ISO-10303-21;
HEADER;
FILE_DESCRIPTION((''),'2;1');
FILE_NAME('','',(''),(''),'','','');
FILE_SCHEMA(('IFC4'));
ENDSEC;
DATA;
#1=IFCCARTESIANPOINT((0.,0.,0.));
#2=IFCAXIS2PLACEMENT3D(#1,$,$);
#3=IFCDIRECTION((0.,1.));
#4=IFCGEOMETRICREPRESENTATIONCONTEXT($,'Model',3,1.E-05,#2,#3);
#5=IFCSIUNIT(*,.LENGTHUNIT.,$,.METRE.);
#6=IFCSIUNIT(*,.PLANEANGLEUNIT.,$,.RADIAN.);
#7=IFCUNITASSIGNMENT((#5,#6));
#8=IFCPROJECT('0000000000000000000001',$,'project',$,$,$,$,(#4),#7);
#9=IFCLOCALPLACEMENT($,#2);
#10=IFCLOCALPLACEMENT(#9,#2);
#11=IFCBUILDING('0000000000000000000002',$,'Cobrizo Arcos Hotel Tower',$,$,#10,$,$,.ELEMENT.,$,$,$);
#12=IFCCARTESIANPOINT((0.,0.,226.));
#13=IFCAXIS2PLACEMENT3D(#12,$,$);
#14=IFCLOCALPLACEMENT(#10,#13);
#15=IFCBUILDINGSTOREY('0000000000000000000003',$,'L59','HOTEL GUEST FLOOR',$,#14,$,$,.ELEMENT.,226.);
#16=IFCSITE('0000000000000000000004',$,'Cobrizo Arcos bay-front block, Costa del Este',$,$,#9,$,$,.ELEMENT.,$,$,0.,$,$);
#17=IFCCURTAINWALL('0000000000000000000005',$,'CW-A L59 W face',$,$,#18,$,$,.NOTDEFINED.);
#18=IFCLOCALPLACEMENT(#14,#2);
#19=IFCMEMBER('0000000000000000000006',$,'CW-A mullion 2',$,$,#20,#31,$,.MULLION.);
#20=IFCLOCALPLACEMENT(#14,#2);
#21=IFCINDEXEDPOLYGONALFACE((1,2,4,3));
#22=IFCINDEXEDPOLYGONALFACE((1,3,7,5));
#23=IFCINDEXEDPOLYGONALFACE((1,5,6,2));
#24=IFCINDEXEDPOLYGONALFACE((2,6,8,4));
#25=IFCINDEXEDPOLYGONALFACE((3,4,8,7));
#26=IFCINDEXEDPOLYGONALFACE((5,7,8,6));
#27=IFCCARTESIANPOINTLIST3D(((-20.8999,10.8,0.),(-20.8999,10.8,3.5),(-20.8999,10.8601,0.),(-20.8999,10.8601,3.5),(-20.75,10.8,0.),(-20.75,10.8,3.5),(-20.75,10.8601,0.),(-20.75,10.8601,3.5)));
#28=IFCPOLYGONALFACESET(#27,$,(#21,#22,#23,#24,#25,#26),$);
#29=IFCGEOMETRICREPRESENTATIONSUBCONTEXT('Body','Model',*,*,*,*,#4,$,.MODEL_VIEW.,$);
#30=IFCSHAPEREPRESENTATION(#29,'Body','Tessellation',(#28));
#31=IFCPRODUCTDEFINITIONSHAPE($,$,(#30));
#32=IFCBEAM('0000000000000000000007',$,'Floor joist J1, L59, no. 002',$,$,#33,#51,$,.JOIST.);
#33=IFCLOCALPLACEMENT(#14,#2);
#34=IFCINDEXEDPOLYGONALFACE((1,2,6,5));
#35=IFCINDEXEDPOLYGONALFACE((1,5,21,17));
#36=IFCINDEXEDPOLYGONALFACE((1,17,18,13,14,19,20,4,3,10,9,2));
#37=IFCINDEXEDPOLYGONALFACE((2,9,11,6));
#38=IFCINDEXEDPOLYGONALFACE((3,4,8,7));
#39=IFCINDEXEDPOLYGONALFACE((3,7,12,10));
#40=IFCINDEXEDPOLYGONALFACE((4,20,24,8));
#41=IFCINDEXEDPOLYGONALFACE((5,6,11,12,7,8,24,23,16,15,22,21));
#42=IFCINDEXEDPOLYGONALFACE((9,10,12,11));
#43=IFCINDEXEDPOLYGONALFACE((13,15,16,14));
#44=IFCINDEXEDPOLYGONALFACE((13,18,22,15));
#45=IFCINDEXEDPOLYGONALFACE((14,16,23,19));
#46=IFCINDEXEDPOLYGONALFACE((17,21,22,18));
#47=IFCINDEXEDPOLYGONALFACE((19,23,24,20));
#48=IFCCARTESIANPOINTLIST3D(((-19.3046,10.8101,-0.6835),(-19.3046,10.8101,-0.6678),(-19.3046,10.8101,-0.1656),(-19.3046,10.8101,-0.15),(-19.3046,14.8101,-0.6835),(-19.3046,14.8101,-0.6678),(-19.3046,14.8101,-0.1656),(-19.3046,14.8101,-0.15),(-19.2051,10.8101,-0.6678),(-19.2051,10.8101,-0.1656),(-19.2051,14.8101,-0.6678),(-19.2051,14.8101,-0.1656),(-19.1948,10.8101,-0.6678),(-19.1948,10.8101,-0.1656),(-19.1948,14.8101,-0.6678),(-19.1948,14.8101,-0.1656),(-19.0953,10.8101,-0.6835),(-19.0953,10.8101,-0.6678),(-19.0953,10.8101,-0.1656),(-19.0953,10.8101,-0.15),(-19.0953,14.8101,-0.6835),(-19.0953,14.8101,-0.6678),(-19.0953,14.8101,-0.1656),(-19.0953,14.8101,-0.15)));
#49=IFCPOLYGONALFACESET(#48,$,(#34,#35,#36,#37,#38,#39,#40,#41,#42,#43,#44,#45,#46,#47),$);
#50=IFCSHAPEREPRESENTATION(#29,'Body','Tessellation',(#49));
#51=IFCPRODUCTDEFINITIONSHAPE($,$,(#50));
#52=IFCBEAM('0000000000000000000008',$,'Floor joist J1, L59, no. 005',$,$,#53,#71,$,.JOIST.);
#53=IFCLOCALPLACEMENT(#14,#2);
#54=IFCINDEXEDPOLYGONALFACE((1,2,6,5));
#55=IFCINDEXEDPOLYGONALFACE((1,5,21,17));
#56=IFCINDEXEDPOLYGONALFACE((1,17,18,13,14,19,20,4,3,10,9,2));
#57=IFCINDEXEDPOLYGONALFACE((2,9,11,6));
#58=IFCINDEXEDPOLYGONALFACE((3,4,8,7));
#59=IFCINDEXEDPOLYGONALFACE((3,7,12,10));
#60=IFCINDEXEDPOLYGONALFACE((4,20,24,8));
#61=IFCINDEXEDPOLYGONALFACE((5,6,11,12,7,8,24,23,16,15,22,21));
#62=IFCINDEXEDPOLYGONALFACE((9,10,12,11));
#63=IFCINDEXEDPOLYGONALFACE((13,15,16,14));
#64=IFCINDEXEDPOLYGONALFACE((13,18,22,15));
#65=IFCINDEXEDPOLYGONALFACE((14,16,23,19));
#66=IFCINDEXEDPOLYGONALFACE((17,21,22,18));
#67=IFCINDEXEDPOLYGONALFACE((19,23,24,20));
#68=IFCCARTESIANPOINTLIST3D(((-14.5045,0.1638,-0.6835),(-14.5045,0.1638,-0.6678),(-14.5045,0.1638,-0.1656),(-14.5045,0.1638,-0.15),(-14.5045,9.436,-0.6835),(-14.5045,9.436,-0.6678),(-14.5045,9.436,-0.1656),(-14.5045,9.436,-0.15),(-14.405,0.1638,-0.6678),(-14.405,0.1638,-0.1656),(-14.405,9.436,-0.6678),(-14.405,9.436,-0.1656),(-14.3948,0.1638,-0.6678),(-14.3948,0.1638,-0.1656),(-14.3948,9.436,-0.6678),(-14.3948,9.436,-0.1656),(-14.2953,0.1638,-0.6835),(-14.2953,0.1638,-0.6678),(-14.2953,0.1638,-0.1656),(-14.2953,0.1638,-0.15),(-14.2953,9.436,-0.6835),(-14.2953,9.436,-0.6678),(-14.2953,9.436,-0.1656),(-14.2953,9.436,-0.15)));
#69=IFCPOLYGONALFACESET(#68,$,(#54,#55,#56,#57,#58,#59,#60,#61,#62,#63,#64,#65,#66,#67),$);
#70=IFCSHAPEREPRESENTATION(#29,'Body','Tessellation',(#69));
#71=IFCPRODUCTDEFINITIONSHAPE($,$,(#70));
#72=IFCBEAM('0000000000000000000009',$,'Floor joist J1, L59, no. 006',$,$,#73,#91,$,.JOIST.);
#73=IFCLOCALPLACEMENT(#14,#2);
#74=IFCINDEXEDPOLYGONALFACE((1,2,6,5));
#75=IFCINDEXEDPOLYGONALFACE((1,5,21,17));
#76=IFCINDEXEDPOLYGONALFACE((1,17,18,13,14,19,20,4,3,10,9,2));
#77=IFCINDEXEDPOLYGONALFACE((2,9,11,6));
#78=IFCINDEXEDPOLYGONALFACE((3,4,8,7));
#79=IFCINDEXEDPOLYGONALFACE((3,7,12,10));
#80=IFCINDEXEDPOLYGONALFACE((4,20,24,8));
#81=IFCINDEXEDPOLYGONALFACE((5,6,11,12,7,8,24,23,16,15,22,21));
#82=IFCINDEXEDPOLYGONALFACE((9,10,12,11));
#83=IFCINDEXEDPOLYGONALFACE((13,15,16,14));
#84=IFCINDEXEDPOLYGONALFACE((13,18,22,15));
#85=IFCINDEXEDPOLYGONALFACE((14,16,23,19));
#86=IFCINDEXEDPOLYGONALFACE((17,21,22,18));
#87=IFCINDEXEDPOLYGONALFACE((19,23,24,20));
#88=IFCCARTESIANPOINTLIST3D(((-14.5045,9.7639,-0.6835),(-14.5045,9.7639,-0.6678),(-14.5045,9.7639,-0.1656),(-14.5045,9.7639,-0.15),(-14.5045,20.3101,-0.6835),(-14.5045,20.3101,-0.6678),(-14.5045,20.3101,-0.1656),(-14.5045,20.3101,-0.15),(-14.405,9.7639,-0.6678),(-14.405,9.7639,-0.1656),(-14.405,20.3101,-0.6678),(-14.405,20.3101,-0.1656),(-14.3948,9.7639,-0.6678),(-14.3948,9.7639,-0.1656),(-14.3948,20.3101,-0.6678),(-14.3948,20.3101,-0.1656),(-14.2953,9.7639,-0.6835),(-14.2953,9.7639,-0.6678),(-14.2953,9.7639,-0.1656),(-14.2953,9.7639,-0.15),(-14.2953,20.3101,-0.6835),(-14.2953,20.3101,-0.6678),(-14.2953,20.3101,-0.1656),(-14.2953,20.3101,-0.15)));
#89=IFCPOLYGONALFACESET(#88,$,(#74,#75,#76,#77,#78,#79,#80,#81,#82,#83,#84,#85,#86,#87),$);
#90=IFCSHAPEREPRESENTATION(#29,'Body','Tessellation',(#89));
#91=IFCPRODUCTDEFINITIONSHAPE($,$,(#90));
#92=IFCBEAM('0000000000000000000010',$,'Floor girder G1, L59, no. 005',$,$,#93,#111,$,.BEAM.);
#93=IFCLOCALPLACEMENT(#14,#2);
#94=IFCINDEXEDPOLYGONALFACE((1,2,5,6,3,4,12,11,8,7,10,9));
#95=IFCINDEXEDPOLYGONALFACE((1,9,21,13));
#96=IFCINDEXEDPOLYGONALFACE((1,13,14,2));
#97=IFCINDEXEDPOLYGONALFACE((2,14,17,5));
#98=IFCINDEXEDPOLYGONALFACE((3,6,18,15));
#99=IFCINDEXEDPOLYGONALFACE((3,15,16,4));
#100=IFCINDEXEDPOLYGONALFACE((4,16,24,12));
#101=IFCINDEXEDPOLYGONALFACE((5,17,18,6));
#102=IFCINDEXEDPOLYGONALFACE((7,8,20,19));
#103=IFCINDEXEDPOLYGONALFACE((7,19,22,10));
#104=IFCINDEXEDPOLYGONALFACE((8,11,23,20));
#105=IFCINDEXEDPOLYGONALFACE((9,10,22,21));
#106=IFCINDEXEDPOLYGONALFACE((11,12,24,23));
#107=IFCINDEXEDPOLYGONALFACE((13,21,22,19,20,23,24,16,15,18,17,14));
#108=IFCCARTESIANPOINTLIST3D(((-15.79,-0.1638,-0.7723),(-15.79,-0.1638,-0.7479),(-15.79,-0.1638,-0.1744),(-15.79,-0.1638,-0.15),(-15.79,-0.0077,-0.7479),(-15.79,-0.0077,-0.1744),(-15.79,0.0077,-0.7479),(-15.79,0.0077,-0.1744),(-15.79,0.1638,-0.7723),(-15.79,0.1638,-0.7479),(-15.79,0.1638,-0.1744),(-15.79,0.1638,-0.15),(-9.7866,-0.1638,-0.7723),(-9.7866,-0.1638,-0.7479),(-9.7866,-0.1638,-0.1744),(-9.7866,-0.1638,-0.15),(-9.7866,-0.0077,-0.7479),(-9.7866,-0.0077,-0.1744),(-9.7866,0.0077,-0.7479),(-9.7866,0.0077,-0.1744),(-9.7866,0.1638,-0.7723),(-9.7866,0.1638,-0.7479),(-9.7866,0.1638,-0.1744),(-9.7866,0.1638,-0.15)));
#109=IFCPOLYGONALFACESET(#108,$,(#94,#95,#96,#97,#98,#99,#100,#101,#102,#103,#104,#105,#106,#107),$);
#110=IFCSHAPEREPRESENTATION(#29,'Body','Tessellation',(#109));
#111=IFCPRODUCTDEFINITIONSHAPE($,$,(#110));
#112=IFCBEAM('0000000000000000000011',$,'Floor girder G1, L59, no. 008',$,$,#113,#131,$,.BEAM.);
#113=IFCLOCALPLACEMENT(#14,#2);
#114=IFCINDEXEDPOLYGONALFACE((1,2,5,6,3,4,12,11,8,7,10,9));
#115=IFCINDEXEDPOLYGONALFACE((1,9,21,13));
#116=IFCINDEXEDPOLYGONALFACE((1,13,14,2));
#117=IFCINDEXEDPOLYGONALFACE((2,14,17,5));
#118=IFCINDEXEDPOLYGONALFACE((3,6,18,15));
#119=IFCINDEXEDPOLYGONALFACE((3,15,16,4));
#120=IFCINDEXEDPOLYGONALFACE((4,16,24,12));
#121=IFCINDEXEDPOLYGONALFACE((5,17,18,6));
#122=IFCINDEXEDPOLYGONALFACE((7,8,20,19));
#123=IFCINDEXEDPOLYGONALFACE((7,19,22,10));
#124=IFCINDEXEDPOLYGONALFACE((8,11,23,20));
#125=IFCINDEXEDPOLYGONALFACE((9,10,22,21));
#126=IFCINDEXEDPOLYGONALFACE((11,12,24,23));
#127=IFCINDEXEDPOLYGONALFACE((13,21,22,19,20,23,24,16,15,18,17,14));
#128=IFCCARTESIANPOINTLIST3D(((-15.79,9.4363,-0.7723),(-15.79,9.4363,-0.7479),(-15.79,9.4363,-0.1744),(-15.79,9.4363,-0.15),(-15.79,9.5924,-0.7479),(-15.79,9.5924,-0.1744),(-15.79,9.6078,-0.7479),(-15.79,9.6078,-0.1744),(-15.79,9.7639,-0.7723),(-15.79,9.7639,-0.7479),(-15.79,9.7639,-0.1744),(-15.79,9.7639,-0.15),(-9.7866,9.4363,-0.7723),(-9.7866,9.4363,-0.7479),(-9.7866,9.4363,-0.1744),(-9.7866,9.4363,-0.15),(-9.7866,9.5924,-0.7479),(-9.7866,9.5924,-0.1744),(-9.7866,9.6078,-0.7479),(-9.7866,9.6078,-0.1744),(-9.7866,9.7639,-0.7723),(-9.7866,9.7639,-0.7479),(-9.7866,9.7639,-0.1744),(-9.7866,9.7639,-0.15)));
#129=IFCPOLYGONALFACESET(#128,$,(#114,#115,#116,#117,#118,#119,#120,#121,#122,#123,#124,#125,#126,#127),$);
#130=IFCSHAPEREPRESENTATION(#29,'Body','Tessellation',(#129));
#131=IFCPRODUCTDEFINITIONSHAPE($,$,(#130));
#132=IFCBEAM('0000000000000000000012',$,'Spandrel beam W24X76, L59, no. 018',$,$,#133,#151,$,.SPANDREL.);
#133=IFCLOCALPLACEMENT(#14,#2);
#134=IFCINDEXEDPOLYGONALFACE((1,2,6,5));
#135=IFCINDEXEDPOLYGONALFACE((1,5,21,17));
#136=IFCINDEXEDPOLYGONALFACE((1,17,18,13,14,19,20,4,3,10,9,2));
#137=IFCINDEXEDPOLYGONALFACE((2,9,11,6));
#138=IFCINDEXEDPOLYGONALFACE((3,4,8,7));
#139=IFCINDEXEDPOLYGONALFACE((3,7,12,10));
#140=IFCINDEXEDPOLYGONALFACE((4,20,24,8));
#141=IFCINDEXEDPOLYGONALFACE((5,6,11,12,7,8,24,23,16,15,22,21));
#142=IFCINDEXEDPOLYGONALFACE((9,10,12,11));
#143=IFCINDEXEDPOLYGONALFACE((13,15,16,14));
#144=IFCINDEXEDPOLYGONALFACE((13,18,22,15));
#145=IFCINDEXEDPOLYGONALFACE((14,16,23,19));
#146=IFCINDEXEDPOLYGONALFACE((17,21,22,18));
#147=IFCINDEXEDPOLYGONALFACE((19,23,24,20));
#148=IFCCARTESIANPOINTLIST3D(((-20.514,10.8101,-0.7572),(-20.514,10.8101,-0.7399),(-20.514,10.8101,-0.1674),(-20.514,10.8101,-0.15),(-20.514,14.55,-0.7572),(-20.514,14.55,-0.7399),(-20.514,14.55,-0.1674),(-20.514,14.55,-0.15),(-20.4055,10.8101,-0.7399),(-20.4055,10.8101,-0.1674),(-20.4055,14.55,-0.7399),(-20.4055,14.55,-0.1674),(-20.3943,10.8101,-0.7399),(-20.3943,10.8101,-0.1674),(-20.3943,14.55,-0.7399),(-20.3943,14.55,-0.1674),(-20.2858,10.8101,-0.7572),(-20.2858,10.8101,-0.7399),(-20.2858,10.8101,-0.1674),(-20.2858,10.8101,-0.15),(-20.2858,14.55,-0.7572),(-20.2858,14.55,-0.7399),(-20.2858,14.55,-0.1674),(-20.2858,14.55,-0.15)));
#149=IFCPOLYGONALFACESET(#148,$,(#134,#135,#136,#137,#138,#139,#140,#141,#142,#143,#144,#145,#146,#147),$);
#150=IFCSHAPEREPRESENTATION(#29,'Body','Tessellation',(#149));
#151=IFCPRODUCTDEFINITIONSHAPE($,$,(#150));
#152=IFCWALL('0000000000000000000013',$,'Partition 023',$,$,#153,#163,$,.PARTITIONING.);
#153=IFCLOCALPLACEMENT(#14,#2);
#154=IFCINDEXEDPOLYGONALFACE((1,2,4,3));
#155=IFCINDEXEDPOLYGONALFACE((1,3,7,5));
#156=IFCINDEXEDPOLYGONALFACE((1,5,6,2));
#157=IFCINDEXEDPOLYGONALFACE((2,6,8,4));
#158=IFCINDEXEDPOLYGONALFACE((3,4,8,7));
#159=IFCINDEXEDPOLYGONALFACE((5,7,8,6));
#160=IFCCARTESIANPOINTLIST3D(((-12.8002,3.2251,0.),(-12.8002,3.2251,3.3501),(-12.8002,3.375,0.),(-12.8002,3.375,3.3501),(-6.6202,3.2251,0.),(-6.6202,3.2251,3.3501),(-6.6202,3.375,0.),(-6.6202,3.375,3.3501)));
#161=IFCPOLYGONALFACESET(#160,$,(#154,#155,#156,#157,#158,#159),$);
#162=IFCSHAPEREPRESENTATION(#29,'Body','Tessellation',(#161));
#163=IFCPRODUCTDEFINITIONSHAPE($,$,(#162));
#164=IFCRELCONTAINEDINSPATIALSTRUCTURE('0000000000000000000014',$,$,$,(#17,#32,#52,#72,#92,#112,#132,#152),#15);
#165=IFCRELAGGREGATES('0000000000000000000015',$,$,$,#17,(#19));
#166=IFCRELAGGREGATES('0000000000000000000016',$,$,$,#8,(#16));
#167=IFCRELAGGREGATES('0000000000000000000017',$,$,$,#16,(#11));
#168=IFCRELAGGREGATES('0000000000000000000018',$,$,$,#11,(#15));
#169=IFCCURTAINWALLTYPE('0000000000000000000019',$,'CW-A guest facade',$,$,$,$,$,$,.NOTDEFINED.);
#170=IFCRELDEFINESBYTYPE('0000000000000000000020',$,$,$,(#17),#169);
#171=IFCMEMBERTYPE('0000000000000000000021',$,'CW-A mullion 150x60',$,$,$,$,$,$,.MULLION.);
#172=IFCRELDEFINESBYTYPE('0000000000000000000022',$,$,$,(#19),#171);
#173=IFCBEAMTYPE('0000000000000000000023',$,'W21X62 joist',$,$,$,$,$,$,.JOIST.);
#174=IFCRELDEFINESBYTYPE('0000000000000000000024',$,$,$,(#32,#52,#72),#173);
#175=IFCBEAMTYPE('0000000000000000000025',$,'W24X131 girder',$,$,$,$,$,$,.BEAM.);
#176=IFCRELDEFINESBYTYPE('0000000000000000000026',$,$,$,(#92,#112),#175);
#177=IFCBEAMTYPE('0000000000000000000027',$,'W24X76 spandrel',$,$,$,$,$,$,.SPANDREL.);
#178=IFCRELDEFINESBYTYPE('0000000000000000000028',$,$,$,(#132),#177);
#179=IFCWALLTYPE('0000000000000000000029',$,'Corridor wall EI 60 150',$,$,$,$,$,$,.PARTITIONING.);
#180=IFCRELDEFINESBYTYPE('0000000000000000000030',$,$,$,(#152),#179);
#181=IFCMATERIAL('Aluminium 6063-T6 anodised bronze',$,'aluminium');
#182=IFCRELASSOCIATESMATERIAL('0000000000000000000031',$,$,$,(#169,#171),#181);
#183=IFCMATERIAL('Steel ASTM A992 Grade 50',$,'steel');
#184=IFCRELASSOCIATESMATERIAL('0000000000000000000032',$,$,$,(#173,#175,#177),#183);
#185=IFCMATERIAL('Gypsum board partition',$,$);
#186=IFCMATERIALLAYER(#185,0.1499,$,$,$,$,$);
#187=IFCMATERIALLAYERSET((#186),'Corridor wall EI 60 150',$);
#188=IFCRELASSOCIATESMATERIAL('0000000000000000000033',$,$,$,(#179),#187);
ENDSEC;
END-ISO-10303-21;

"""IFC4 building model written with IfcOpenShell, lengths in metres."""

from ifc_helpers import new_model, si_unit, direction, frame, frame_2d, origin, origin_2d, place, context, subcontext, project, spatial, rectangle, i_section, extrude, material, layer, layer_set, material_profile, profile_set, type_object, element, aggregate, save


model = new_model("IFC4")

# Units and contexts
model_context = context("Model", 3, precision=1e-05, world=origin(), true_north=direction((0.0, 1.0)))
body_context = subcontext(model_context, "Body", "Model", "MODEL_VIEW")
ifc_project = project(units=[si_unit("LENGTHUNIT", "METRE"), si_unit("PLANEANGLEUNIT", "RADIAN")], contexts=[model_context])

# Site, building, storey
site_placement = place(None, origin())
site = spatial("IfcSite", under=ifc_project, at=site_placement, Name="Cobrizo Arcos bay-front block, Costa del Este", CompositionType="ELEMENT", RefElevation=0.0)
building_placement = place(site_placement, origin())
building = spatial("IfcBuilding", under=site, at=building_placement, Name="Cobrizo Arcos Hotel Tower", CompositionType="ELEMENT")
storey_placement = place(building_placement, frame((0.0, 0.0, 226.0)))
storey = spatial("IfcBuildingStorey", under=building, at=storey_placement, Name="L59", Description="HOTEL GUEST FLOOR", CompositionType="ELEMENT", Elevation=226.0)

# Curtain wall, member
ifc_material_1 = material(Name="Aluminium 6063-T6 anodised bronze", Category="aluminium")
curtain_wall_type = type_object("IfcCurtainWallType", Name="CW-A guest facade", PredefinedType="NOTDEFINED", material=ifc_material_1)
curtain_wall_placement = place(storey_placement, origin())
curtain_wall = element("IfcCurtainWall", 1, at=curtain_wall_placement, inside=storey, type_object=curtain_wall_type, Name="CW-A L59 W face", PredefinedType="NOTDEFINED")
ifc_material_profile_1 = material_profile(ifc_material_1, rectangle(XDim=0.1499, YDim=0.0601, at=origin_2d()), Name="CW-A mullion 150x60")
ifc_profile_set_1 = profile_set([ifc_material_profile_1], Name="Aluminium 6063-T6 anodised bronze")
member_type = type_object("IfcMemberType", Name="CW-A mullion 150x60", PredefinedType="MULLION", material=ifc_profile_set_1)
member_placement = place(storey_placement, frame((-20.825, 10.8301, 0.0), z_axis=(0.0, 0.0, 1.0), x_axis=(-1.0, 0.0, 0.0)))
member = element("IfcMember", 2, at=member_placement, type_object=member_type, Name="CW-A mullion 2", PredefinedType="MULLION", context=body_context, shape_type="SweptSolid", body=[
    extrude(rectangle(XDim=0.1499, YDim=0.0601, at=origin_2d()), origin(), (0.0, 0.0, 1.0), 3.5),
])
aggregate(curtain_wall, [member])

# Beams
ifc_material_2 = material(Name="Steel ASTM A992 Grade 50", Category="steel")
ifc_material_profile_2 = material_profile(ifc_material_2, i_section(OverallWidth=0.2092, OverallDepth=0.5334, WebThickness=0.0103, FlangeThickness=0.0156, at=origin_2d()), Name="W21X62")
ifc_profile_set_2 = profile_set([ifc_material_profile_2], Name="Steel ASTM A992 Grade 50")
beam_type_1 = type_object("IfcBeamType", Name="W21X62 joist", PredefinedType="JOIST", material=ifc_profile_set_2)
beam_1_placement = place(storey_placement, frame((-19.2, 10.8101, -0.4167), z_axis=(0.0, 1.0, 0.0), x_axis=(-1.0, 0.0, 0.0)))
element("IfcBeam", 3, at=beam_1_placement, inside=storey, type_object=beam_type_1, Name="Floor joist J1, L59, no. 002", PredefinedType="JOIST", context=body_context, shape_type="SweptSolid", body=[
    extrude(i_section(OverallWidth=0.2092, OverallDepth=0.5334, WebThickness=0.0103, FlangeThickness=0.0156, at=origin_2d()), origin(), (0.0, 0.0, 1.0), 4.0),
])
beam_2_placement = place(storey_placement, frame((-14.3999, 0.1638, -0.4167), z_axis=(0.0, 1.0, 0.0), x_axis=(-1.0, 0.0, 0.0)))
element("IfcBeam", 4, at=beam_2_placement, inside=storey, type_object=beam_type_1, Name="Floor joist J1, L59, no. 005", PredefinedType="JOIST", context=body_context, shape_type="SweptSolid", body=[
    extrude(i_section(OverallWidth=0.2092, OverallDepth=0.5334, WebThickness=0.0103, FlangeThickness=0.0156, at=origin_2d()), origin(), (0.0, 0.0, 1.0), 9.2722),
])
beam_3_placement = place(storey_placement, frame((-14.3999, 9.7639, -0.4167), z_axis=(0.0, 1.0, 0.0), x_axis=(-1.0, 0.0, 0.0)))
element("IfcBeam", 5, at=beam_3_placement, inside=storey, type_object=beam_type_1, Name="Floor joist J1, L59, no. 006", PredefinedType="JOIST", context=body_context, shape_type="SweptSolid", body=[
    extrude(i_section(OverallWidth=0.2092, OverallDepth=0.5334, WebThickness=0.0103, FlangeThickness=0.0156, at=origin_2d()), origin(), (0.0, 0.0, 1.0), 10.5461),
])
ifc_material_profile_3 = material_profile(ifc_material_2, i_section(OverallWidth=0.3276, OverallDepth=0.6223, WebThickness=0.0154, FlangeThickness=0.0244, at=origin_2d()), Name="W24X131")
ifc_profile_set_3 = profile_set([ifc_material_profile_3], Name="Steel ASTM A992 Grade 50")
beam_type_2 = type_object("IfcBeamType", Name="W24X131 girder", PredefinedType="BEAM", material=ifc_profile_set_3)
for number, where, z_axis, x_axis, name in (
    (6, (-15.79, 0.0, -0.4612), (1.0, 0.0, 0.0), (0.0, 1.0, 0.0), "Floor girder G1, L59, no. 005"),
    (7, (-15.79, 9.6001, -0.4612), (1.0, 0.0, 0.0), (0.0, 1.0, 0.0), "Floor girder G1, L59, no. 008"),
):
    element("IfcBeam", number, at=place(storey_placement, frame(where, z_axis=z_axis, x_axis=x_axis)), inside=storey, type_object=beam_type_2, Name=name, PredefinedType="BEAM", context=body_context, shape_type="SweptSolid", body=[
        extrude(i_section(OverallWidth=0.3276, OverallDepth=0.6223, WebThickness=0.0154, FlangeThickness=0.0244, at=origin_2d()), origin(), (0.0, 0.0, 1.0), 6.0034),
    ])
ifc_material_profile_4 = material_profile(ifc_material_2, i_section(OverallWidth=0.2283, OverallDepth=0.6072, WebThickness=0.0112, FlangeThickness=0.0173, at=origin_2d()), Name="W24X76")
ifc_profile_set_4 = profile_set([ifc_material_profile_4], Name="Steel ASTM A992 Grade 50")
beam_type_3 = type_object("IfcBeamType", Name="W24X76 spandrel", PredefinedType="SPANDREL", material=ifc_profile_set_4)
beam_4_placement = place(storey_placement, frame((-20.3999, 10.8101, -0.4536), z_axis=(0.0, 1.0, 0.0), x_axis=(-1.0, 0.0, 0.0)))
element("IfcBeam", 8, at=beam_4_placement, inside=storey, type_object=beam_type_3, Name="Spandrel beam W24X76, L59, no. 018", PredefinedType="SPANDREL", context=body_context, shape_type="SweptSolid", body=[
    extrude(i_section(OverallWidth=0.2283, OverallDepth=0.6072, WebThickness=0.0112, FlangeThickness=0.0173, at=origin_2d()), origin(), (0.0, 0.0, 1.0), 3.74),
])

# Wall
ifc_material_3 = material(Name="Gypsum board partition")
ifc_layer_1 = layer(ifc_material_3, 0.1499)
ifc_layer_set_1 = layer_set([ifc_layer_1], Name="Corridor wall EI 60 150")
wall_type_1 = type_object("IfcWallType", Name="Corridor wall EI 60 150", PredefinedType="PARTITIONING", material=ifc_layer_set_1)
wall_1_placement = place(storey_placement, frame((-12.8, 3.3, 0.0), z_axis=(0.0, 0.0, 1.0), x_axis=(1.0, 0.0, 0.0)))
element("IfcWall", 9, at=wall_1_placement, inside=storey, type_object=wall_type_1, Name="Partition 023", PredefinedType="PARTITIONING", context=body_context, shape_type="SweptSolid", body=[
    extrude(rectangle(XDim=6.1799, YDim=0.1499, at=frame_2d((3.0898, 0.0))), origin(), (0.0, 0.0, 1.0), 3.3501),
])

save(model, "model.ifc")
